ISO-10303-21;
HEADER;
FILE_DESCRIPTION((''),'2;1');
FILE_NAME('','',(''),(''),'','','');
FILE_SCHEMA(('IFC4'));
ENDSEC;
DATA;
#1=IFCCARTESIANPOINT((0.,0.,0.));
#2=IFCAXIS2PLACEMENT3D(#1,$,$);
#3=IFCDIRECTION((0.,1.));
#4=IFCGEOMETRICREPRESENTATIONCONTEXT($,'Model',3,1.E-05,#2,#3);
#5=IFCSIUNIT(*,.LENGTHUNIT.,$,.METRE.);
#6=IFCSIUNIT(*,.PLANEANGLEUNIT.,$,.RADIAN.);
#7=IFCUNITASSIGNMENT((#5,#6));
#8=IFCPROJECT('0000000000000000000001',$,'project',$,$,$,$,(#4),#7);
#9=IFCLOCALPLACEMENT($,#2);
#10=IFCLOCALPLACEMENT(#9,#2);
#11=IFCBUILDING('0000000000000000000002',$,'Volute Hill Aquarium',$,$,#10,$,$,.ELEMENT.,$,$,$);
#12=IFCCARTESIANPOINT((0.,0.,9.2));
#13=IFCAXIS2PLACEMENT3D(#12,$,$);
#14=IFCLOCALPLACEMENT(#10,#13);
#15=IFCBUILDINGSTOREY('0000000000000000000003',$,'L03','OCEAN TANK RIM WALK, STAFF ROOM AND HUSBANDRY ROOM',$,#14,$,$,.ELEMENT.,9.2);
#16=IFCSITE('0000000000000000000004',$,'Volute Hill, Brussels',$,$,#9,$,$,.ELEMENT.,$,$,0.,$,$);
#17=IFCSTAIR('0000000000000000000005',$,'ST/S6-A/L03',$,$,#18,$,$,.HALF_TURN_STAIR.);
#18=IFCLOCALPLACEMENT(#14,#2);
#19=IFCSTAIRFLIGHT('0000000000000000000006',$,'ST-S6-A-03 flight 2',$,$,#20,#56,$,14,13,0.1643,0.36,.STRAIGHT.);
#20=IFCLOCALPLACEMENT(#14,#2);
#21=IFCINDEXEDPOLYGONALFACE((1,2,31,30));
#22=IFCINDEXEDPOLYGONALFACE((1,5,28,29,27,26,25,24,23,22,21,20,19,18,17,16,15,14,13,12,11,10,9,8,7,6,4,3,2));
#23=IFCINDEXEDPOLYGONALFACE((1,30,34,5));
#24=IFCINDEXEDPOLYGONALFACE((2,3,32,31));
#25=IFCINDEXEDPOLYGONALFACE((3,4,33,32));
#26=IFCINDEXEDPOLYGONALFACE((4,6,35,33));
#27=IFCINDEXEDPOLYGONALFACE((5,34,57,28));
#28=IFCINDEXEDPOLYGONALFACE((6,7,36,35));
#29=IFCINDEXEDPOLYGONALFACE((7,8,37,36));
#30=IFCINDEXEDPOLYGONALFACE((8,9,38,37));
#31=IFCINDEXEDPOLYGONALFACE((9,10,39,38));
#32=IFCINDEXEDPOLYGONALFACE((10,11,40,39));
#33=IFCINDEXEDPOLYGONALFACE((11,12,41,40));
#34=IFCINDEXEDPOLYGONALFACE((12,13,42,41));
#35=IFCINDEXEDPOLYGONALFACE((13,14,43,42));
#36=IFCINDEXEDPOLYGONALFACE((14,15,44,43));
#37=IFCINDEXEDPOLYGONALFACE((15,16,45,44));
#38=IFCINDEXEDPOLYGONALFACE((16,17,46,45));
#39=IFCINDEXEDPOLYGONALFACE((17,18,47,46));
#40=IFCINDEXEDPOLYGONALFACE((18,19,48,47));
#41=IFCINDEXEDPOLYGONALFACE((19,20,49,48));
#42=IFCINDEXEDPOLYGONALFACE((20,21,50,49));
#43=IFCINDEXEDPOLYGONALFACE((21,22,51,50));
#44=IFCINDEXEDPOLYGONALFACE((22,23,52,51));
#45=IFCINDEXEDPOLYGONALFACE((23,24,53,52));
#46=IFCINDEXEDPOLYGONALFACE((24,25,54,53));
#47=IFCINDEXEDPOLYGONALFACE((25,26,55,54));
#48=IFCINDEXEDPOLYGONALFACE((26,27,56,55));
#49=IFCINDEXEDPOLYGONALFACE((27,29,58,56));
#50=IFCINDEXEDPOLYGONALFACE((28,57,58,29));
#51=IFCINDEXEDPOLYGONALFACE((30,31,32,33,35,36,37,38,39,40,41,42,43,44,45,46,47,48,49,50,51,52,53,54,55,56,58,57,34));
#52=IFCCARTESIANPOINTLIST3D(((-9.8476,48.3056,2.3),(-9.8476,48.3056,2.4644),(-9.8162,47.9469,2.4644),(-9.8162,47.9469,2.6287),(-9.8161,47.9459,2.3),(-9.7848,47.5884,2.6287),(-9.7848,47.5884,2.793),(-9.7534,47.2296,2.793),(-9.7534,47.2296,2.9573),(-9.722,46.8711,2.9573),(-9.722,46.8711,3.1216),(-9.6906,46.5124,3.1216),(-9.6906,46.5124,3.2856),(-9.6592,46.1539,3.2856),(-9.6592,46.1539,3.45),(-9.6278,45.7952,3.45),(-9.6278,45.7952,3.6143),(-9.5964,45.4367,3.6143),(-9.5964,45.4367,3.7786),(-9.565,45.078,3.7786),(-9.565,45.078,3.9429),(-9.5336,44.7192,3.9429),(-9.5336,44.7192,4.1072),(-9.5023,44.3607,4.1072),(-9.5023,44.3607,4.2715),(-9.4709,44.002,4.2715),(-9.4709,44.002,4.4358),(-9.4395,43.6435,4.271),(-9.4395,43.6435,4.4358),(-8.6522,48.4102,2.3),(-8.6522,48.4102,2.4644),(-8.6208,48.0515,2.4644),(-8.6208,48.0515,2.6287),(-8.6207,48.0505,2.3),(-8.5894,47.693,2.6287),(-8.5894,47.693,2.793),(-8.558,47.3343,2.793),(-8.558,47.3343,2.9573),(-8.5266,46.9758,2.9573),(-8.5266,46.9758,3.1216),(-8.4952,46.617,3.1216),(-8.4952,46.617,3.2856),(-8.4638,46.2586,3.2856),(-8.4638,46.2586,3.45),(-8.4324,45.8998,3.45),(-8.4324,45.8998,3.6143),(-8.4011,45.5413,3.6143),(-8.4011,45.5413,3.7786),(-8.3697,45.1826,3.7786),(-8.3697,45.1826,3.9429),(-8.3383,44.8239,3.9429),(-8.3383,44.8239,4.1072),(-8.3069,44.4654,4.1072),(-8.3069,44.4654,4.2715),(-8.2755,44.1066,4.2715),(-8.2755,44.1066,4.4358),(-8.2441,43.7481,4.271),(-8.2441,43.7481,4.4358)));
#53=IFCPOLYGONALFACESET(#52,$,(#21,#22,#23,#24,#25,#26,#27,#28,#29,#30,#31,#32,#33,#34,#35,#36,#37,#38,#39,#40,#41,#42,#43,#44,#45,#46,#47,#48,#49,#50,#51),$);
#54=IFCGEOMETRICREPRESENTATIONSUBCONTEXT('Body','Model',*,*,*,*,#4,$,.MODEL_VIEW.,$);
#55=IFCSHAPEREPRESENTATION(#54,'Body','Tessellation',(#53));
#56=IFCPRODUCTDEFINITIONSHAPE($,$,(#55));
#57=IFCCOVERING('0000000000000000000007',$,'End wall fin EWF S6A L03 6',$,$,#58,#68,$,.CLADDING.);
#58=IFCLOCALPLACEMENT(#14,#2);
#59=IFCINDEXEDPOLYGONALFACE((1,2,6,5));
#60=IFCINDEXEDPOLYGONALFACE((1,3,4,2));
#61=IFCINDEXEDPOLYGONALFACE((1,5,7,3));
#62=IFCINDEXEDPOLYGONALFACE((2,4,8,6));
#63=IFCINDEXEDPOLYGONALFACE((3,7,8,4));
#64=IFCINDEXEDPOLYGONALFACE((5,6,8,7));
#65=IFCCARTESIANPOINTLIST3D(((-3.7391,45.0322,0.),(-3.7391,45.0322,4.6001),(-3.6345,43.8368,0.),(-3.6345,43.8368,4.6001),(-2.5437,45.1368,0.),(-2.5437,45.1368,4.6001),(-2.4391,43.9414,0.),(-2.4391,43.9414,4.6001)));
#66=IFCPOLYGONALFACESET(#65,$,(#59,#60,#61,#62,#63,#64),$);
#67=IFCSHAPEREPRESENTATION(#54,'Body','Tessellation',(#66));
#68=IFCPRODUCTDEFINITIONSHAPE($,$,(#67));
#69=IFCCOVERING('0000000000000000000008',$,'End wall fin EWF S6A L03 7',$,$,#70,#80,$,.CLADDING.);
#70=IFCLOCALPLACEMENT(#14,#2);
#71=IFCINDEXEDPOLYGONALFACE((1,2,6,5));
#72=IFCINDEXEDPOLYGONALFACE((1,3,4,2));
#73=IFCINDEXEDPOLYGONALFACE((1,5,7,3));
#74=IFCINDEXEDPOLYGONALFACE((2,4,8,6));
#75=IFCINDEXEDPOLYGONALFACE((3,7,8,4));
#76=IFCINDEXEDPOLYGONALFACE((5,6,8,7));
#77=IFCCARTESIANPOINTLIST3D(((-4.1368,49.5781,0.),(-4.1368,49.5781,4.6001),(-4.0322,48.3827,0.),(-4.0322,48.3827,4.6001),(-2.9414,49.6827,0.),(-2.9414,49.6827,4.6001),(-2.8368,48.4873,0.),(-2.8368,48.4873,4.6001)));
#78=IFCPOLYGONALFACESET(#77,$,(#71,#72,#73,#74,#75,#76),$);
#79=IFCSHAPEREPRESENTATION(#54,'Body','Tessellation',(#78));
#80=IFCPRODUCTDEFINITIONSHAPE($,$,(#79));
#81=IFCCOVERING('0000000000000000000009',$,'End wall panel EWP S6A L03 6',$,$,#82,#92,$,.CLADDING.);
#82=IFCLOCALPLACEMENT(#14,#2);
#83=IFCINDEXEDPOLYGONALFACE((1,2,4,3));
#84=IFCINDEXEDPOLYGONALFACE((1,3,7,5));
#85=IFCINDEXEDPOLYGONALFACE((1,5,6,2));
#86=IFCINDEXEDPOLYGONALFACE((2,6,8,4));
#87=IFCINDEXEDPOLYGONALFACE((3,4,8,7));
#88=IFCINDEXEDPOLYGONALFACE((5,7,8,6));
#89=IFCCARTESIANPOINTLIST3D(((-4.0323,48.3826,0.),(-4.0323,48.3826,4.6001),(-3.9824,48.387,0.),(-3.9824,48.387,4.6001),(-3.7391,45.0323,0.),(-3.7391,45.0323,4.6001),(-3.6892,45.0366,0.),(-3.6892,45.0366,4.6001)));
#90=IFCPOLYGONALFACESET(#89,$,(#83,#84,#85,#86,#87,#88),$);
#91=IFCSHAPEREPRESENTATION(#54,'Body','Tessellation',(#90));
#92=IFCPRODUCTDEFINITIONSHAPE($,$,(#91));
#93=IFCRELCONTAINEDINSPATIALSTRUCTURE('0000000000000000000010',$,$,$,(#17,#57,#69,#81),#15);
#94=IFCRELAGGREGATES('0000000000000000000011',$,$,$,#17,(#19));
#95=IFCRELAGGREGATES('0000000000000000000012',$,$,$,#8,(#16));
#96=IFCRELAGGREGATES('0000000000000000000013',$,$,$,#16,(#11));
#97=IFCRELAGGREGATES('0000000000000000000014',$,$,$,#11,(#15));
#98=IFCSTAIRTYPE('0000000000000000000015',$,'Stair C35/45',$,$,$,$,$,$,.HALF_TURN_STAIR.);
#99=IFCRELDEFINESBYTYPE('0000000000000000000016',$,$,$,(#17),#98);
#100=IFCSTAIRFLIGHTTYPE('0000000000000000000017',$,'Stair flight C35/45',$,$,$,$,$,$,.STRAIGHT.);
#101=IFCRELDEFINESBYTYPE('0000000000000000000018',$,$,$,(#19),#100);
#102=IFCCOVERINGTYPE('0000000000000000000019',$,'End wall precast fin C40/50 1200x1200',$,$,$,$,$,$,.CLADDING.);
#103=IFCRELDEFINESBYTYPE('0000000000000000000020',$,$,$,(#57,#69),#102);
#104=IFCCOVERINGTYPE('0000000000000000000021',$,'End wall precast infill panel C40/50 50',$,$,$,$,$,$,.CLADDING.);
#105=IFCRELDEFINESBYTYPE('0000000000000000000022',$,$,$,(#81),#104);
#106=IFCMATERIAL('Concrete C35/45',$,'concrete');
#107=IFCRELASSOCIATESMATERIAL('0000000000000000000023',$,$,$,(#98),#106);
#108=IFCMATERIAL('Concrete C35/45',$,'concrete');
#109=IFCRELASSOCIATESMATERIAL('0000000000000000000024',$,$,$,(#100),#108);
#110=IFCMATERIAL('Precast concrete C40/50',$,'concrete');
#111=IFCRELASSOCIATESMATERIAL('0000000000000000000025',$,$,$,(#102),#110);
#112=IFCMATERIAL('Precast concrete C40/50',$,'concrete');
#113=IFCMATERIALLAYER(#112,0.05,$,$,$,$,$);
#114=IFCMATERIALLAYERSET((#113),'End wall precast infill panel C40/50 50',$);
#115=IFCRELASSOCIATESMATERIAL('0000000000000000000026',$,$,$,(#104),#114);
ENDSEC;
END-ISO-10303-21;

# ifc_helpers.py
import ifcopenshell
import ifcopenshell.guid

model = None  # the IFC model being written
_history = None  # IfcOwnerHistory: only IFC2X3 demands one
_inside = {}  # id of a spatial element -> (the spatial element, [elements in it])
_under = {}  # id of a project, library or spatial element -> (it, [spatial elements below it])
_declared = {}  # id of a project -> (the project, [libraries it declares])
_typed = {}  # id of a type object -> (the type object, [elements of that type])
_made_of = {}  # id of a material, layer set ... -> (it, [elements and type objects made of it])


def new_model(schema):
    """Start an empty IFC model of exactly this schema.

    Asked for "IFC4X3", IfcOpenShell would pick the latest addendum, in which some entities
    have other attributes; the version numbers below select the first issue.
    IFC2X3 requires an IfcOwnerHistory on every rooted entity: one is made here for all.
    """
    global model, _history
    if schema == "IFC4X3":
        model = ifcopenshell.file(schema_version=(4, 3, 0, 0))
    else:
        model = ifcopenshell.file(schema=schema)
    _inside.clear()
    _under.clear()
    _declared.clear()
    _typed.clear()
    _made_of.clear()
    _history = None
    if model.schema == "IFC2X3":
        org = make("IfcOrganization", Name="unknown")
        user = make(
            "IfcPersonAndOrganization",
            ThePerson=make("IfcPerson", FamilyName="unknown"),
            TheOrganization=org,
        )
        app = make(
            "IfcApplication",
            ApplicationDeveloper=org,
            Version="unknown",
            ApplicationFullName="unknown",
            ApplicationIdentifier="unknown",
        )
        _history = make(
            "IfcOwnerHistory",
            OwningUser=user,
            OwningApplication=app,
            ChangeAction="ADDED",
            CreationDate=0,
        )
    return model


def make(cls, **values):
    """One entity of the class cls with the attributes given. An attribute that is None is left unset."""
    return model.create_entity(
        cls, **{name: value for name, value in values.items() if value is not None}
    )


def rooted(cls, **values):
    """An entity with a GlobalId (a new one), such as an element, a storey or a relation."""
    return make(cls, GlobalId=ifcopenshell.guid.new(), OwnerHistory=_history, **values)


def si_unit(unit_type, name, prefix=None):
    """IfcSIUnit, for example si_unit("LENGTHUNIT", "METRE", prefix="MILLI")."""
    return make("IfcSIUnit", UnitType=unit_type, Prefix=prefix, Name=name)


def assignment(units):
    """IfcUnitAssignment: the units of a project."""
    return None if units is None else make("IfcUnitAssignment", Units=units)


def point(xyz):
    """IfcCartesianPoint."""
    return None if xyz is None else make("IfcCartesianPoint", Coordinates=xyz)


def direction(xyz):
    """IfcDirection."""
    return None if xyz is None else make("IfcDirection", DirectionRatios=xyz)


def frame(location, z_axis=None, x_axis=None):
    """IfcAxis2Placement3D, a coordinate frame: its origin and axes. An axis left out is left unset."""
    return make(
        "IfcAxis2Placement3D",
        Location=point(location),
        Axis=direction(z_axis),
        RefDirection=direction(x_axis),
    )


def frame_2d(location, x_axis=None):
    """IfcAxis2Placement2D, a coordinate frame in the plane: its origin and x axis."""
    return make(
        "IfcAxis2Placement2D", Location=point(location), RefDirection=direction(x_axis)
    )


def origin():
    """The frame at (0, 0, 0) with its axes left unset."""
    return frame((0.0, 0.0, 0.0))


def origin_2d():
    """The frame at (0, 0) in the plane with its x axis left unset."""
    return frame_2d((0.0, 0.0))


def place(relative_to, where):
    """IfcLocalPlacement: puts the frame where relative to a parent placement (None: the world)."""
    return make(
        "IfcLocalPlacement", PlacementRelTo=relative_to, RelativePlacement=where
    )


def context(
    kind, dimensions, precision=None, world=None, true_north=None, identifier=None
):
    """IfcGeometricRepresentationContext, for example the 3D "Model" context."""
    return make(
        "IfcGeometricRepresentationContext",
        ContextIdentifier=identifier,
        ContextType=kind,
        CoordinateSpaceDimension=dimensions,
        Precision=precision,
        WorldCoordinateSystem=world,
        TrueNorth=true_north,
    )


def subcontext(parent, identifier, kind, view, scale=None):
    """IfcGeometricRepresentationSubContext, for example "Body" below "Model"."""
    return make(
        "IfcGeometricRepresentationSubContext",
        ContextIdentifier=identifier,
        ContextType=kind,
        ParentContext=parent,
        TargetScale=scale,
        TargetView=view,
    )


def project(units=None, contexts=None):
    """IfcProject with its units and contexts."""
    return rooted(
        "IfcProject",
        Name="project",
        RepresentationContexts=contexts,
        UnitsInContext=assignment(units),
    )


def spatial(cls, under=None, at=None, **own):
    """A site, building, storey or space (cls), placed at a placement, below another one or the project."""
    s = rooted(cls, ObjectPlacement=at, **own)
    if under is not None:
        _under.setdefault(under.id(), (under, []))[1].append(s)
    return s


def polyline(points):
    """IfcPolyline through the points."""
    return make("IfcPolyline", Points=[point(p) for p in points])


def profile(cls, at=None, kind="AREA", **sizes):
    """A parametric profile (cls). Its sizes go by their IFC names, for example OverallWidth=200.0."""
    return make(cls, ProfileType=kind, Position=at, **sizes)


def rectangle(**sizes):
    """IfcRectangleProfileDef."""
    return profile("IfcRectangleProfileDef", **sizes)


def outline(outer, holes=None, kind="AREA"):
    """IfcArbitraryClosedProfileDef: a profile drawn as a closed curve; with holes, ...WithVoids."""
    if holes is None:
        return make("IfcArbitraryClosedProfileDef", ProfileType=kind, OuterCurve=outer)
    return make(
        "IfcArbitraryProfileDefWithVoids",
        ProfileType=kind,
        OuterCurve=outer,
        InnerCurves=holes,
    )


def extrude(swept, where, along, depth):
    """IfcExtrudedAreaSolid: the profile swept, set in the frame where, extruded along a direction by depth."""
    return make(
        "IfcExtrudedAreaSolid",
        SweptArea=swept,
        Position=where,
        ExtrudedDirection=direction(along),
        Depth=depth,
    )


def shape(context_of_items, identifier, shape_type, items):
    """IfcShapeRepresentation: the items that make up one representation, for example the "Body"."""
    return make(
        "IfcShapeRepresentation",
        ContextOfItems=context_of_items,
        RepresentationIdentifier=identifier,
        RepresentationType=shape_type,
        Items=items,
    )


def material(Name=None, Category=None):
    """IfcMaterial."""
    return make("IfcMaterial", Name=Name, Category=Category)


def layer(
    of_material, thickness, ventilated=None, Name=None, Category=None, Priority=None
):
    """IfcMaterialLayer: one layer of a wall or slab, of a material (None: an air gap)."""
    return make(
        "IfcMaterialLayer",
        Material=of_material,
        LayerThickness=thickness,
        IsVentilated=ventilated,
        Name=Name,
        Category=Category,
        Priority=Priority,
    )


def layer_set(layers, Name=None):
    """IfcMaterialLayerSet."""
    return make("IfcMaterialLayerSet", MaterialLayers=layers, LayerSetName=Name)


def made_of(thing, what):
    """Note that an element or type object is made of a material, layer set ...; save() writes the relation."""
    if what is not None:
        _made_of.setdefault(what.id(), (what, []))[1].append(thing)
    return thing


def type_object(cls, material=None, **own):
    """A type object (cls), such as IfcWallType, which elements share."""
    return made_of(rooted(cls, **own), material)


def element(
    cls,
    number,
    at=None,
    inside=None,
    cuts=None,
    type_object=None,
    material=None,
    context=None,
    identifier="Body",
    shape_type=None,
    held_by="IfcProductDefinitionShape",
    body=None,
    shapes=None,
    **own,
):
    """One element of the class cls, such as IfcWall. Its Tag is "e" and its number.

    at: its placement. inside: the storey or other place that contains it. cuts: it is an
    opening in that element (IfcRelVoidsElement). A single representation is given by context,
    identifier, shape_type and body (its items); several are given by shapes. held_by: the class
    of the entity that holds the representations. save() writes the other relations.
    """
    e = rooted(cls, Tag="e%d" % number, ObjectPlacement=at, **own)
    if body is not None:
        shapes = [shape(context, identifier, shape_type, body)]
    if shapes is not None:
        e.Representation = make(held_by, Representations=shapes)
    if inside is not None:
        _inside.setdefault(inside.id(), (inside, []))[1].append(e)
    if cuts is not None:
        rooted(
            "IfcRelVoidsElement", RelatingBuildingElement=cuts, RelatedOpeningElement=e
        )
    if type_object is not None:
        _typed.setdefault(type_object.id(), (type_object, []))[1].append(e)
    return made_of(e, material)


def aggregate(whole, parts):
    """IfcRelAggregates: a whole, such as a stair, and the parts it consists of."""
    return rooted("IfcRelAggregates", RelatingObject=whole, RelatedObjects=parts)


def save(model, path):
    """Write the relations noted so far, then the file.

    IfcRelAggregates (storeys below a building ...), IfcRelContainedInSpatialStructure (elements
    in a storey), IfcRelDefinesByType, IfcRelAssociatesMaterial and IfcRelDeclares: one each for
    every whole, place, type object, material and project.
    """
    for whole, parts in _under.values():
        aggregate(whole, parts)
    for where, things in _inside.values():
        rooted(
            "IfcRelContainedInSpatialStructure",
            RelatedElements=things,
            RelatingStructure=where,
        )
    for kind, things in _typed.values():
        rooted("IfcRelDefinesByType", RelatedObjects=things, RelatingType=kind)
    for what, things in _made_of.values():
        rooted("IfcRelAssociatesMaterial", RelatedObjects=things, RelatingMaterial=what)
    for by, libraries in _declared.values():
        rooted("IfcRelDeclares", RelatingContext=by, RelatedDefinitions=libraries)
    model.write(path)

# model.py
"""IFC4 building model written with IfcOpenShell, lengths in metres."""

from ifc_helpers import new_model, si_unit, direction, frame, origin, origin_2d, place, context, subcontext, project, spatial, polyline, rectangle, outline, extrude, material, layer, layer_set, type_object, element, aggregate, save


model = new_model("IFC4")

# Units and contexts
model_context = context("Model", 3, precision=1e-05, world=origin(), true_north=direction((0.0, 1.0)))
body_context = subcontext(model_context, "Body", "Model", "MODEL_VIEW")
ifc_project = project(units=[si_unit("LENGTHUNIT", "METRE"), si_unit("PLANEANGLEUNIT", "RADIAN")], contexts=[model_context])

# Site, building, storey
site_placement = place(None, origin())
site = spatial("IfcSite", under=ifc_project, at=site_placement, Name="Volute Hill, Brussels", CompositionType="ELEMENT", RefElevation=0.0)
building_placement = place(site_placement, origin())
building = spatial("IfcBuilding", under=site, at=building_placement, Name="Volute Hill Aquarium", CompositionType="ELEMENT")
storey_placement = place(building_placement, frame((0.0, 0.0, 9.2)))
storey = spatial("IfcBuildingStorey", under=building, at=storey_placement, Name="L03", Description="OCEAN TANK RIM WALK, STAFF ROOM AND HUSBANDRY ROOM", CompositionType="ELEMENT", Elevation=9.2)

# Stair, stair flight
ifc_material_1 = material(Name="Concrete C35/45", Category="concrete")
stair_type = type_object("IfcStairType", Name="Stair C35/45", PredefinedType="HALF_TURN_STAIR", material=ifc_material_1)
stair_placement = place(storey_placement, origin())
stair = element("IfcStair", 1, at=stair_placement, inside=storey, type_object=stair_type, Name="ST/S6-A/L03", PredefinedType="HALF_TURN_STAIR")
ifc_material_2 = material(Name="Concrete C35/45", Category="concrete")
stair_flight_type = type_object("IfcStairFlightType", Name="Stair flight C35/45", PredefinedType="STRAIGHT", material=ifc_material_2)
stair_flight_1_placement = place(storey_placement, frame((-9.25, 48.3579, 2.3), z_axis=(0.0, 0.0, 1.0), x_axis=(0.087199, -0.996191, 0.0)))
stair_flight_1 = element("IfcStairFlight", 2, at=stair_flight_1_placement, type_object=stair_flight_type, Name="ST-S6-A-03 flight 2", NumberOfRisers=14, NumberOfTreads=13, PredefinedType="STRAIGHT", RiserHeight=0.1643, TreadLength=0.36, context=body_context, shape_type="SweptSolid", body=[
    extrude(outline(polyline([(0.0, 0.0), (0.0, 0.1643), (0.3601, 0.1643), (0.3601, 0.3286), (0.72, 0.3286), (0.72, 0.4929), (1.0801, 0.4929), (1.0801, 0.6572), (1.4399, 0.6572), (1.4399, 0.8215), (1.8, 0.8215), (1.8, 0.9856), (2.1599, 0.9856), (2.1599, 1.1499), (2.52, 1.1499), (2.52, 1.3142), (2.8799, 1.3142), (2.8799, 1.4785), (3.24, 1.4785), (3.24, 1.6428), (3.6001, 1.6428), (3.6001, 1.8071), (3.96, 1.8071), (3.96, 1.9714), (4.3201, 1.9714), (4.3201, 2.1357), (4.6799, 2.1357), (4.6799, 2.3), (4.6799, 1.9709), (0.3611, 0.0), (0.0, 0.0)])), frame((0.0, 0.6001, 0.0), z_axis=(0.0, -1.0, 0.0), x_axis=(1.0, 0.0, 0.0)), (0.0, 0.0, 1.0), 1.2),
])
aggregate(stair, [stair_flight_1])

# Coverings
ifc_material_3 = material(Name="Precast concrete C40/50", Category="concrete")
covering_type_1 = type_object("IfcCoveringType", Name="End wall precast fin C40/50 1200x1200", PredefinedType="CLADDING", material=ifc_material_3)
for number, where, z_axis, x_axis, name in (
    (3, (-3.0891, 44.4868, 0.0), (0.0, 0.0, 1.0), (-0.087155, 0.996195, 0.0), "End wall fin EWF S6A L03 6"),
    (4, (-3.4868, 49.0327, 0.0), (0.0, 0.0, 1.0), (-0.087155, 0.996195, 0.0), "End wall fin EWF S6A L03 7"),
):
    element("IfcCovering", number, at=place(storey_placement, frame(where, z_axis=z_axis, x_axis=x_axis)), inside=storey, type_object=covering_type_1, Name=name, PredefinedType="CLADDING", context=body_context, shape_type="SweptSolid", body=[
        extrude(rectangle(XDim=1.2, YDim=1.2, at=origin_2d()), origin(), (0.0, 0.0, 1.0), 4.6001),
    ])
ifc_material_4 = material(Name="Precast concrete C40/50", Category="concrete")
ifc_layer_1 = layer(ifc_material_4, 0.05)
ifc_layer_set_1 = layer_set([ifc_layer_1], Name="End wall precast infill panel C40/50 50")
covering_type_2 = type_object("IfcCoveringType", Name="End wall precast infill panel C40/50 50", PredefinedType="CLADDING", material=ifc_layer_set_1)
covering_1_placement = place(storey_placement, frame((-3.6892, 45.0366, 0.0), z_axis=(0.996192, 0.087184, 0.0), x_axis=(-0.087184, 0.996192, 0.0)))
element("IfcCovering", 5, at=covering_1_placement, inside=storey, type_object=covering_type_2, Name="End wall panel EWP S6A L03 6", PredefinedType="CLADDING", context=body_context, shape_type="SweptSolid", body=[
    extrude(outline(polyline([(0.0, 0.0), (3.3631, 0.0), (3.3631, 4.6001), (0.0, 4.6001), (0.0, 0.0)])), origin(), (0.0, 0.0, -1.0), 0.05),
])

save(model, "model.ifc")
